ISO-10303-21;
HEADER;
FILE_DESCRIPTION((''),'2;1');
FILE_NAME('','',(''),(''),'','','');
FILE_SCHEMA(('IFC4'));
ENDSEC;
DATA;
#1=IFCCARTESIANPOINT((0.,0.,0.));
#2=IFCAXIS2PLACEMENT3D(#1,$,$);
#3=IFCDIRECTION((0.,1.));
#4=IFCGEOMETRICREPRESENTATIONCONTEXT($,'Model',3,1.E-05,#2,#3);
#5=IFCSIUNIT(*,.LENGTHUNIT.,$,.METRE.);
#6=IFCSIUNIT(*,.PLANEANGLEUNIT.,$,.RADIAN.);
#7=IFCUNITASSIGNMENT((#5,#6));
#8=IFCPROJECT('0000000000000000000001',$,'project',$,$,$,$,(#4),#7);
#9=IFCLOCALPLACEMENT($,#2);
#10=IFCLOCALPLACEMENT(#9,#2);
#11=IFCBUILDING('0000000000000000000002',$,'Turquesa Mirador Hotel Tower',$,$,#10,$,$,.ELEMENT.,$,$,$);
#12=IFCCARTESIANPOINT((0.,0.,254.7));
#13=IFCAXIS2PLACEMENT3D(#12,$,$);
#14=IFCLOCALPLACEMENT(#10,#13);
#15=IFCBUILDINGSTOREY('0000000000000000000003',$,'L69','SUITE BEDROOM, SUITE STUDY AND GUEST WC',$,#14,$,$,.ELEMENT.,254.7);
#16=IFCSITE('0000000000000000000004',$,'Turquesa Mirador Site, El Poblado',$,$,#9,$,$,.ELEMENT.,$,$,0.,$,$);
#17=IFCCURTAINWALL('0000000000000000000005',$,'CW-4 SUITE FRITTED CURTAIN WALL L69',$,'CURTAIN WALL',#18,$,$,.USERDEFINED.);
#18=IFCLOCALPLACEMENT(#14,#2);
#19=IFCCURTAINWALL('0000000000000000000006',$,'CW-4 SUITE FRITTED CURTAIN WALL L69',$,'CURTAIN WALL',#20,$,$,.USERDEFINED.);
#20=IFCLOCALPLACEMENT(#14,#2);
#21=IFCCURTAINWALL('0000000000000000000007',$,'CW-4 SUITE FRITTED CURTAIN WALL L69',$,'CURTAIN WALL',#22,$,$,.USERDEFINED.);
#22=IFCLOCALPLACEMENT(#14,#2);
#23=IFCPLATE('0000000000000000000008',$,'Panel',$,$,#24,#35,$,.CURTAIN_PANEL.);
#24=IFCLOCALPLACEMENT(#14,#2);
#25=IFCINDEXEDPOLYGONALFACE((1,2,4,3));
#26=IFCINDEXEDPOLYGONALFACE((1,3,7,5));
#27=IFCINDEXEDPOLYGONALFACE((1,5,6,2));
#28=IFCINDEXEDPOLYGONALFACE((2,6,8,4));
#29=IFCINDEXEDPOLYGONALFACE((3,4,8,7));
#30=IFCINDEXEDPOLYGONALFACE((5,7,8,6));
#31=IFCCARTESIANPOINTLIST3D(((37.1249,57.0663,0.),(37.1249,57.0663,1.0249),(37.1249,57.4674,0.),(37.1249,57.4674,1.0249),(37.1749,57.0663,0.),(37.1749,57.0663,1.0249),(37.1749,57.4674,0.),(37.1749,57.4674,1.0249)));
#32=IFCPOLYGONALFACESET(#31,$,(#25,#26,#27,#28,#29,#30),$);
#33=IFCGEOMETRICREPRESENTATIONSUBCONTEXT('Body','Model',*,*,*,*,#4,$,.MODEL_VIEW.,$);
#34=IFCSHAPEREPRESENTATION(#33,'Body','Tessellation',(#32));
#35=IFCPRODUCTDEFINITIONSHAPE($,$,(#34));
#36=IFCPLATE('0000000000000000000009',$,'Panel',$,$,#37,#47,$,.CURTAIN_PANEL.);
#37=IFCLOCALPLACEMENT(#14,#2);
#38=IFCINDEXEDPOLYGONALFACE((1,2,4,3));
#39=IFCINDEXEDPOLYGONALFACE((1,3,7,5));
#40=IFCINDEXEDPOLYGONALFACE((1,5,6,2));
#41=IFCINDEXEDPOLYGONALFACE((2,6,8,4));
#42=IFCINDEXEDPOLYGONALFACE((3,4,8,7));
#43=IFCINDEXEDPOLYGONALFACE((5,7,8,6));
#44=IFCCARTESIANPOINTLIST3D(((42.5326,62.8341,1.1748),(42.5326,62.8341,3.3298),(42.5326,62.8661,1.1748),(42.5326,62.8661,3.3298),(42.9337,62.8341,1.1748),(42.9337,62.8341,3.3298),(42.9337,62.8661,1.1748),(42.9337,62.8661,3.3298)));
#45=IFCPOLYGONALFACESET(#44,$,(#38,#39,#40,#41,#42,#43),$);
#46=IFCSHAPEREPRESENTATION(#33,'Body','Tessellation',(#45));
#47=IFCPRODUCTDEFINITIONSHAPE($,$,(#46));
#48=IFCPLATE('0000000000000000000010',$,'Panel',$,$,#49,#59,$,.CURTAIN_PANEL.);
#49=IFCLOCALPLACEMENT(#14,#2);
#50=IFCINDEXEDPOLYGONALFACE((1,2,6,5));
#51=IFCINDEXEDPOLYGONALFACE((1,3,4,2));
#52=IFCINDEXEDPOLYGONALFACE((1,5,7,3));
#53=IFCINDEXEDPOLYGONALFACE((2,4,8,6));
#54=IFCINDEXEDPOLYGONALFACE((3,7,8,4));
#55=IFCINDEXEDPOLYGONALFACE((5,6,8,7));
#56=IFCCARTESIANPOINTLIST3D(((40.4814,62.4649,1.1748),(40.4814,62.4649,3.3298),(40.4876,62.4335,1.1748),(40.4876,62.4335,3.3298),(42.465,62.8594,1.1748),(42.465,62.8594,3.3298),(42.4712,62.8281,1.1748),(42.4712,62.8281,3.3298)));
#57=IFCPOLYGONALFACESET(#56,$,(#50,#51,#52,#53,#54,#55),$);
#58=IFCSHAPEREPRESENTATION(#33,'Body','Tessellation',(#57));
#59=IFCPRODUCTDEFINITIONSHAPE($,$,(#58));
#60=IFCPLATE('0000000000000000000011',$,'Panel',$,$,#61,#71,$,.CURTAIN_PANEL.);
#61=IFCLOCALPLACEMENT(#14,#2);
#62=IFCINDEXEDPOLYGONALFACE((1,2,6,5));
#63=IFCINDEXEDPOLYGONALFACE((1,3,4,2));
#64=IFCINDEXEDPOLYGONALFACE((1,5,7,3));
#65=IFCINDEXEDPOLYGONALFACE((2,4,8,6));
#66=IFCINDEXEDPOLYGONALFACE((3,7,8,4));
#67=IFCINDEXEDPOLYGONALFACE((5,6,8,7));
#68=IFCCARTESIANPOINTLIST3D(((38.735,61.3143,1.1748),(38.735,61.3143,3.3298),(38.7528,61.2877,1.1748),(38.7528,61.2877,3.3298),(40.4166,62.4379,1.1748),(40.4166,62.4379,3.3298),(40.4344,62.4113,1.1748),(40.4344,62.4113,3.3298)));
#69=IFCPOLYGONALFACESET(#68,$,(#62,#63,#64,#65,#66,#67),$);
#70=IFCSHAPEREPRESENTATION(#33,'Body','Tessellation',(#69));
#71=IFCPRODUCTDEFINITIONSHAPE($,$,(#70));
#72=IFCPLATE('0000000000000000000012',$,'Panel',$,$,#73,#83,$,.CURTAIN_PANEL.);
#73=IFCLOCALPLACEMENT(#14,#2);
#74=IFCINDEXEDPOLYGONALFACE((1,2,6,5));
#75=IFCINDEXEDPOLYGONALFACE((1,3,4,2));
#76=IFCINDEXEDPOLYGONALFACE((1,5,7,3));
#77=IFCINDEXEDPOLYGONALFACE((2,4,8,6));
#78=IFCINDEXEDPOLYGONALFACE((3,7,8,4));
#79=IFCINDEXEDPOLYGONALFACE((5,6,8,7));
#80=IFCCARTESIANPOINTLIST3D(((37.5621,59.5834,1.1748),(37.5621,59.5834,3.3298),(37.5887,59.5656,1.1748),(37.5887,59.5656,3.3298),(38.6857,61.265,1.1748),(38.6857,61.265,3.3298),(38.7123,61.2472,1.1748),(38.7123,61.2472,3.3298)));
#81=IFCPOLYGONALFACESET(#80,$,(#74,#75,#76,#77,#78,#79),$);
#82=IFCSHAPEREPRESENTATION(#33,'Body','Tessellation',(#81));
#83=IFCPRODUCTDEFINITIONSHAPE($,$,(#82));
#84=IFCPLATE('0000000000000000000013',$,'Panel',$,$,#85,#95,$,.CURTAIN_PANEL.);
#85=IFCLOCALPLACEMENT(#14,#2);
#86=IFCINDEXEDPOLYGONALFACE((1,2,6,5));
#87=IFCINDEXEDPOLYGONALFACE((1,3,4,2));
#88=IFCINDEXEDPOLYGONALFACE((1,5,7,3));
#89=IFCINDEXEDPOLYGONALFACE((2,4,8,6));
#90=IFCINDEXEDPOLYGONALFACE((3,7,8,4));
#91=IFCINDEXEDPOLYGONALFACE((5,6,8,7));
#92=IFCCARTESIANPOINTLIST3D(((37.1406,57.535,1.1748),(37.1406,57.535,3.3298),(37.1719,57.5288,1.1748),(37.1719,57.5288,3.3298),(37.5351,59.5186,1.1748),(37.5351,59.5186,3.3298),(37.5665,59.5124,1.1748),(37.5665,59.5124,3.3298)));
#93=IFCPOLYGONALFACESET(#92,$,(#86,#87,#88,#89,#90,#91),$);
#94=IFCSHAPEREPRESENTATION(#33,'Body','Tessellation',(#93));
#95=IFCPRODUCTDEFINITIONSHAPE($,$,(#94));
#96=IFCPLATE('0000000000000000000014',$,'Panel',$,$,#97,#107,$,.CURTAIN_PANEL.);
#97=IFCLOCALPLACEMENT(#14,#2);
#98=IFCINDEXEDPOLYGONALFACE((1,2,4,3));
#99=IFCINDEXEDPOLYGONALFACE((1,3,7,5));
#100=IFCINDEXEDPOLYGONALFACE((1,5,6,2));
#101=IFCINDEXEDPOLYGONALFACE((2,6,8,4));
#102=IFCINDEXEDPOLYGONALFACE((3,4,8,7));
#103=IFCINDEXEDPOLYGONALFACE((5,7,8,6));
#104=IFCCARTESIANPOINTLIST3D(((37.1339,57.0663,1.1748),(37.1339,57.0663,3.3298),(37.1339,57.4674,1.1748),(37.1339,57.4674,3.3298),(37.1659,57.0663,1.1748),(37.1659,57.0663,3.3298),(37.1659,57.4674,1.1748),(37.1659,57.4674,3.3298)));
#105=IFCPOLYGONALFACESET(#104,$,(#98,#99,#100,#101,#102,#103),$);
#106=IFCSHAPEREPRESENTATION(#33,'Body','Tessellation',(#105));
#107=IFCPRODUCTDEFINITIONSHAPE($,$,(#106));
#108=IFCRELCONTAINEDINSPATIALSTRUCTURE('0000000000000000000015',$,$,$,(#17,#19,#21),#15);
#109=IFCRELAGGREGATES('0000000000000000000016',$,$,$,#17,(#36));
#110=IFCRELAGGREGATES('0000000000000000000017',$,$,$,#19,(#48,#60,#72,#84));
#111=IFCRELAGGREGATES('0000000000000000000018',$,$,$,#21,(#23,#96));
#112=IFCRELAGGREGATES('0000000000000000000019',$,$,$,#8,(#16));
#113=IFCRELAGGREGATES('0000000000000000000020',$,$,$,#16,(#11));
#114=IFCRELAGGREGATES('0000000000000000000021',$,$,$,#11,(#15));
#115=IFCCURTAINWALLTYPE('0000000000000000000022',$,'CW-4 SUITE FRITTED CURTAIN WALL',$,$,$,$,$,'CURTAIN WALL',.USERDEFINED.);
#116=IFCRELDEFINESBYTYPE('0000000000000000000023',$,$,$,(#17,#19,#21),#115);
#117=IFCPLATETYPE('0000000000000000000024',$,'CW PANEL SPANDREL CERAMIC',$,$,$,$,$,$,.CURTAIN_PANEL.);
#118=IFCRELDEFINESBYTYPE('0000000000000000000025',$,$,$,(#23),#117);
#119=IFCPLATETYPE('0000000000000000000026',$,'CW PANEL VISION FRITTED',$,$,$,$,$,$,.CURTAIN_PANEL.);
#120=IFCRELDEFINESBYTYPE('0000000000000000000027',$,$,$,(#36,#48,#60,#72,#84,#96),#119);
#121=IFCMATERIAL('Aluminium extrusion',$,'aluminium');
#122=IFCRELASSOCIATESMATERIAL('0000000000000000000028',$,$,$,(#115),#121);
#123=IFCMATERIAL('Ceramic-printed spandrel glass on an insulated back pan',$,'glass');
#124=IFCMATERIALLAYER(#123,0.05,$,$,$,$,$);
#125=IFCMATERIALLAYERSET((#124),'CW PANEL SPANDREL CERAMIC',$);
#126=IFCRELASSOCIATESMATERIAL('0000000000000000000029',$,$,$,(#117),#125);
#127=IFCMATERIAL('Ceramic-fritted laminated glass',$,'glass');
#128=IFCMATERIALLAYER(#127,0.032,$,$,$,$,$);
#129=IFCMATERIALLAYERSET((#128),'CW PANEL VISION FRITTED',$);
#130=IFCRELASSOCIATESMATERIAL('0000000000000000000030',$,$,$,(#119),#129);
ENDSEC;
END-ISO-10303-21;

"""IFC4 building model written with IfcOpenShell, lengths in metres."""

from ifc_helpers import new_model, si_unit, direction, frame, origin, origin_2d, place, context, subcontext, project, spatial, rectangle, extrude, material, layer, layer_set, type_object, element, aggregate, save


model = new_model("IFC4")

# Units and contexts
model_context = context("Model", 3, precision=1e-05, world=origin(), true_north=direction((0.0, 1.0)))
body_context = subcontext(model_context, "Body", "Model", "MODEL_VIEW")
ifc_project = project(units=[si_unit("LENGTHUNIT", "METRE"), si_unit("PLANEANGLEUNIT", "RADIAN")], contexts=[model_context])

# Site, building, storey
site_placement = place(None, origin())
site = spatial("IfcSite", under=ifc_project, at=site_placement, Name="Turquesa Mirador Site, El Poblado", CompositionType="ELEMENT", RefElevation=0.0)
building_placement = place(site_placement, origin())
building = spatial("IfcBuilding", under=site, at=building_placement, Name="Turquesa Mirador Hotel Tower", CompositionType="ELEMENT")
storey_placement = place(building_placement, frame((0.0, 0.0, 254.7)))
storey = spatial("IfcBuildingStorey", under=building, at=storey_placement, Name="L69", Description="SUITE BEDROOM, SUITE STUDY AND GUEST WC", CompositionType="ELEMENT", Elevation=254.7)

# Curtain walls
ifc_material_1 = material(Name="Aluminium extrusion", Category="aluminium")
curtain_wall_type = type_object("IfcCurtainWallType", Name="CW-4 SUITE FRITTED CURTAIN WALL", ElementType="CURTAIN WALL", PredefinedType="USERDEFINED", material=ifc_material_1)
curtain_wall_1_placement = place(storey_placement, origin())
curtain_wall_1 = element("IfcCurtainWall", 1, at=curtain_wall_1_placement, inside=storey, type_object=curtain_wall_type, Name="CW-4 SUITE FRITTED CURTAIN WALL L69", ObjectType="CURTAIN WALL", PredefinedType="USERDEFINED")
curtain_wall_2_placement = place(storey_placement, origin())
curtain_wall_2 = element("IfcCurtainWall", 2, at=curtain_wall_2_placement, inside=storey, type_object=curtain_wall_type, Name="CW-4 SUITE FRITTED CURTAIN WALL L69", ObjectType="CURTAIN WALL", PredefinedType="USERDEFINED")
curtain_wall_3_placement = place(storey_placement, origin())
curtain_wall_3 = element("IfcCurtainWall", 3, at=curtain_wall_3_placement, inside=storey, type_object=curtain_wall_type, Name="CW-4 SUITE FRITTED CURTAIN WALL L69", ObjectType="CURTAIN WALL", PredefinedType="USERDEFINED")

# Plates
ifc_material_2 = material(Name="Ceramic-printed spandrel glass on an insulated back pan", Category="glass")
ifc_layer_1 = layer(ifc_material_2, 0.05)
ifc_layer_set_1 = layer_set([ifc_layer_1], Name="CW PANEL SPANDREL CERAMIC")
plate_type_1 = type_object("IfcPlateType", Name="CW PANEL SPANDREL CERAMIC", PredefinedType="CURTAIN_PANEL", material=ifc_layer_set_1)
plate_1_placement = place(storey_placement, frame((37.1499, 57.2668, 0.0), z_axis=(0.0, 0.0, 1.0), x_axis=(0.0, -1.0, 0.0)))
plate_1 = element("IfcPlate", 4, at=plate_1_placement, type_object=plate_type_1, Name="Panel", PredefinedType="CURTAIN_PANEL", context=body_context, shape_type="SweptSolid", body=[
    extrude(rectangle(XDim=0.4011, YDim=0.05, at=origin_2d()), origin(), (0.0, 0.0, 1.0), 1.0249),
])
ifc_material_3 = material(Name="Ceramic-fritted laminated glass", Category="glass")
ifc_layer_2 = layer(ifc_material_3, 0.032)
ifc_layer_set_2 = layer_set([ifc_layer_2], Name="CW PANEL VISION FRITTED")
plate_type_2 = type_object("IfcPlateType", Name="CW PANEL VISION FRITTED", PredefinedType="CURTAIN_PANEL", material=ifc_layer_set_2)
plate_2_placement = place(storey_placement, frame((42.7332, 62.8501, 1.1748), z_axis=(0.0, 0.0, 1.0), x_axis=(-1.0, 0.0, 0.0)))
plate_2 = element("IfcPlate", 5, at=plate_2_placement, type_object=plate_type_2, Name="Panel", PredefinedType="CURTAIN_PANEL", context=body_context, shape_type="SweptSolid", body=[
    extrude(rectangle(XDim=0.4011, YDim=0.032, at=origin_2d()), origin(), (0.0, 0.0, 1.0), 2.155),
])
aggregate(curtain_wall_1, [plate_2])
plate_3_placement = place(storey_placement, frame((41.4763, 62.6465, 1.1748), z_axis=(0.0, 0.0, 1.0), x_axis=(-0.980785, -0.195091, 0.0)))
plate_3 = element("IfcPlate", 6, at=plate_3_placement, type_object=plate_type_2, Name="Panel", PredefinedType="CURTAIN_PANEL", context=body_context, shape_type="SweptSolid", body=[
    extrude(rectangle(XDim=2.0225, YDim=0.032, at=origin_2d()), origin(), (0.0, 0.0, 1.0), 2.155),
])
plate_4_placement = place(storey_placement, frame((39.5847, 61.8628, 1.1748), z_axis=(0.0, 0.0, 1.0), x_axis=(-0.83147, -0.55557, 0.0)))
plate_4 = element("IfcPlate", 7, at=plate_4_placement, type_object=plate_type_2, Name="Panel", PredefinedType="CURTAIN_PANEL", context=body_context, shape_type="SweptSolid", body=[
    extrude(rectangle(XDim=2.0225, YDim=0.032, at=origin_2d()), origin(), (0.0, 0.0, 1.0), 2.155),
])
plate_5_placement = place(storey_placement, frame((38.1372, 60.4153, 1.1748), z_axis=(0.0, 0.0, 1.0), x_axis=(-0.55557, -0.83147, 0.0)))
plate_5 = element("IfcPlate", 8, at=plate_5_placement, type_object=plate_type_2, Name="Panel", PredefinedType="CURTAIN_PANEL", context=body_context, shape_type="SweptSolid", body=[
    extrude(rectangle(XDim=2.0225, YDim=0.032, at=origin_2d()), origin(), (0.0, 0.0, 1.0), 2.155),
])
plate_6_placement = place(storey_placement, frame((37.3535, 58.5237, 1.1748), z_axis=(0.0, 0.0, 1.0), x_axis=(-0.195091, -0.980785, 0.0)))
plate_6 = element("IfcPlate", 9, at=plate_6_placement, type_object=plate_type_2, Name="Panel", PredefinedType="CURTAIN_PANEL", context=body_context, shape_type="SweptSolid", body=[
    extrude(rectangle(XDim=2.0225, YDim=0.032, at=origin_2d()), origin(), (0.0, 0.0, 1.0), 2.155),
])
aggregate(curtain_wall_2, [plate_3, plate_4, plate_5, plate_6])
plate_7_placement = place(storey_placement, frame((37.1499, 57.2668, 1.1748), z_axis=(0.0, 0.0, 1.0), x_axis=(0.0, -1.0, 0.0)))
plate_7 = element("IfcPlate", 10, at=plate_7_placement, type_object=plate_type_2, Name="Panel", PredefinedType="CURTAIN_PANEL", context=body_context, shape_type="SweptSolid", body=[
    extrude(rectangle(XDim=0.4011, YDim=0.032, at=origin_2d()), origin(), (0.0, 0.0, 1.0), 2.155),
])
aggregate(curtain_wall_3, [plate_1, plate_7])

save(model, "model.ifc")
